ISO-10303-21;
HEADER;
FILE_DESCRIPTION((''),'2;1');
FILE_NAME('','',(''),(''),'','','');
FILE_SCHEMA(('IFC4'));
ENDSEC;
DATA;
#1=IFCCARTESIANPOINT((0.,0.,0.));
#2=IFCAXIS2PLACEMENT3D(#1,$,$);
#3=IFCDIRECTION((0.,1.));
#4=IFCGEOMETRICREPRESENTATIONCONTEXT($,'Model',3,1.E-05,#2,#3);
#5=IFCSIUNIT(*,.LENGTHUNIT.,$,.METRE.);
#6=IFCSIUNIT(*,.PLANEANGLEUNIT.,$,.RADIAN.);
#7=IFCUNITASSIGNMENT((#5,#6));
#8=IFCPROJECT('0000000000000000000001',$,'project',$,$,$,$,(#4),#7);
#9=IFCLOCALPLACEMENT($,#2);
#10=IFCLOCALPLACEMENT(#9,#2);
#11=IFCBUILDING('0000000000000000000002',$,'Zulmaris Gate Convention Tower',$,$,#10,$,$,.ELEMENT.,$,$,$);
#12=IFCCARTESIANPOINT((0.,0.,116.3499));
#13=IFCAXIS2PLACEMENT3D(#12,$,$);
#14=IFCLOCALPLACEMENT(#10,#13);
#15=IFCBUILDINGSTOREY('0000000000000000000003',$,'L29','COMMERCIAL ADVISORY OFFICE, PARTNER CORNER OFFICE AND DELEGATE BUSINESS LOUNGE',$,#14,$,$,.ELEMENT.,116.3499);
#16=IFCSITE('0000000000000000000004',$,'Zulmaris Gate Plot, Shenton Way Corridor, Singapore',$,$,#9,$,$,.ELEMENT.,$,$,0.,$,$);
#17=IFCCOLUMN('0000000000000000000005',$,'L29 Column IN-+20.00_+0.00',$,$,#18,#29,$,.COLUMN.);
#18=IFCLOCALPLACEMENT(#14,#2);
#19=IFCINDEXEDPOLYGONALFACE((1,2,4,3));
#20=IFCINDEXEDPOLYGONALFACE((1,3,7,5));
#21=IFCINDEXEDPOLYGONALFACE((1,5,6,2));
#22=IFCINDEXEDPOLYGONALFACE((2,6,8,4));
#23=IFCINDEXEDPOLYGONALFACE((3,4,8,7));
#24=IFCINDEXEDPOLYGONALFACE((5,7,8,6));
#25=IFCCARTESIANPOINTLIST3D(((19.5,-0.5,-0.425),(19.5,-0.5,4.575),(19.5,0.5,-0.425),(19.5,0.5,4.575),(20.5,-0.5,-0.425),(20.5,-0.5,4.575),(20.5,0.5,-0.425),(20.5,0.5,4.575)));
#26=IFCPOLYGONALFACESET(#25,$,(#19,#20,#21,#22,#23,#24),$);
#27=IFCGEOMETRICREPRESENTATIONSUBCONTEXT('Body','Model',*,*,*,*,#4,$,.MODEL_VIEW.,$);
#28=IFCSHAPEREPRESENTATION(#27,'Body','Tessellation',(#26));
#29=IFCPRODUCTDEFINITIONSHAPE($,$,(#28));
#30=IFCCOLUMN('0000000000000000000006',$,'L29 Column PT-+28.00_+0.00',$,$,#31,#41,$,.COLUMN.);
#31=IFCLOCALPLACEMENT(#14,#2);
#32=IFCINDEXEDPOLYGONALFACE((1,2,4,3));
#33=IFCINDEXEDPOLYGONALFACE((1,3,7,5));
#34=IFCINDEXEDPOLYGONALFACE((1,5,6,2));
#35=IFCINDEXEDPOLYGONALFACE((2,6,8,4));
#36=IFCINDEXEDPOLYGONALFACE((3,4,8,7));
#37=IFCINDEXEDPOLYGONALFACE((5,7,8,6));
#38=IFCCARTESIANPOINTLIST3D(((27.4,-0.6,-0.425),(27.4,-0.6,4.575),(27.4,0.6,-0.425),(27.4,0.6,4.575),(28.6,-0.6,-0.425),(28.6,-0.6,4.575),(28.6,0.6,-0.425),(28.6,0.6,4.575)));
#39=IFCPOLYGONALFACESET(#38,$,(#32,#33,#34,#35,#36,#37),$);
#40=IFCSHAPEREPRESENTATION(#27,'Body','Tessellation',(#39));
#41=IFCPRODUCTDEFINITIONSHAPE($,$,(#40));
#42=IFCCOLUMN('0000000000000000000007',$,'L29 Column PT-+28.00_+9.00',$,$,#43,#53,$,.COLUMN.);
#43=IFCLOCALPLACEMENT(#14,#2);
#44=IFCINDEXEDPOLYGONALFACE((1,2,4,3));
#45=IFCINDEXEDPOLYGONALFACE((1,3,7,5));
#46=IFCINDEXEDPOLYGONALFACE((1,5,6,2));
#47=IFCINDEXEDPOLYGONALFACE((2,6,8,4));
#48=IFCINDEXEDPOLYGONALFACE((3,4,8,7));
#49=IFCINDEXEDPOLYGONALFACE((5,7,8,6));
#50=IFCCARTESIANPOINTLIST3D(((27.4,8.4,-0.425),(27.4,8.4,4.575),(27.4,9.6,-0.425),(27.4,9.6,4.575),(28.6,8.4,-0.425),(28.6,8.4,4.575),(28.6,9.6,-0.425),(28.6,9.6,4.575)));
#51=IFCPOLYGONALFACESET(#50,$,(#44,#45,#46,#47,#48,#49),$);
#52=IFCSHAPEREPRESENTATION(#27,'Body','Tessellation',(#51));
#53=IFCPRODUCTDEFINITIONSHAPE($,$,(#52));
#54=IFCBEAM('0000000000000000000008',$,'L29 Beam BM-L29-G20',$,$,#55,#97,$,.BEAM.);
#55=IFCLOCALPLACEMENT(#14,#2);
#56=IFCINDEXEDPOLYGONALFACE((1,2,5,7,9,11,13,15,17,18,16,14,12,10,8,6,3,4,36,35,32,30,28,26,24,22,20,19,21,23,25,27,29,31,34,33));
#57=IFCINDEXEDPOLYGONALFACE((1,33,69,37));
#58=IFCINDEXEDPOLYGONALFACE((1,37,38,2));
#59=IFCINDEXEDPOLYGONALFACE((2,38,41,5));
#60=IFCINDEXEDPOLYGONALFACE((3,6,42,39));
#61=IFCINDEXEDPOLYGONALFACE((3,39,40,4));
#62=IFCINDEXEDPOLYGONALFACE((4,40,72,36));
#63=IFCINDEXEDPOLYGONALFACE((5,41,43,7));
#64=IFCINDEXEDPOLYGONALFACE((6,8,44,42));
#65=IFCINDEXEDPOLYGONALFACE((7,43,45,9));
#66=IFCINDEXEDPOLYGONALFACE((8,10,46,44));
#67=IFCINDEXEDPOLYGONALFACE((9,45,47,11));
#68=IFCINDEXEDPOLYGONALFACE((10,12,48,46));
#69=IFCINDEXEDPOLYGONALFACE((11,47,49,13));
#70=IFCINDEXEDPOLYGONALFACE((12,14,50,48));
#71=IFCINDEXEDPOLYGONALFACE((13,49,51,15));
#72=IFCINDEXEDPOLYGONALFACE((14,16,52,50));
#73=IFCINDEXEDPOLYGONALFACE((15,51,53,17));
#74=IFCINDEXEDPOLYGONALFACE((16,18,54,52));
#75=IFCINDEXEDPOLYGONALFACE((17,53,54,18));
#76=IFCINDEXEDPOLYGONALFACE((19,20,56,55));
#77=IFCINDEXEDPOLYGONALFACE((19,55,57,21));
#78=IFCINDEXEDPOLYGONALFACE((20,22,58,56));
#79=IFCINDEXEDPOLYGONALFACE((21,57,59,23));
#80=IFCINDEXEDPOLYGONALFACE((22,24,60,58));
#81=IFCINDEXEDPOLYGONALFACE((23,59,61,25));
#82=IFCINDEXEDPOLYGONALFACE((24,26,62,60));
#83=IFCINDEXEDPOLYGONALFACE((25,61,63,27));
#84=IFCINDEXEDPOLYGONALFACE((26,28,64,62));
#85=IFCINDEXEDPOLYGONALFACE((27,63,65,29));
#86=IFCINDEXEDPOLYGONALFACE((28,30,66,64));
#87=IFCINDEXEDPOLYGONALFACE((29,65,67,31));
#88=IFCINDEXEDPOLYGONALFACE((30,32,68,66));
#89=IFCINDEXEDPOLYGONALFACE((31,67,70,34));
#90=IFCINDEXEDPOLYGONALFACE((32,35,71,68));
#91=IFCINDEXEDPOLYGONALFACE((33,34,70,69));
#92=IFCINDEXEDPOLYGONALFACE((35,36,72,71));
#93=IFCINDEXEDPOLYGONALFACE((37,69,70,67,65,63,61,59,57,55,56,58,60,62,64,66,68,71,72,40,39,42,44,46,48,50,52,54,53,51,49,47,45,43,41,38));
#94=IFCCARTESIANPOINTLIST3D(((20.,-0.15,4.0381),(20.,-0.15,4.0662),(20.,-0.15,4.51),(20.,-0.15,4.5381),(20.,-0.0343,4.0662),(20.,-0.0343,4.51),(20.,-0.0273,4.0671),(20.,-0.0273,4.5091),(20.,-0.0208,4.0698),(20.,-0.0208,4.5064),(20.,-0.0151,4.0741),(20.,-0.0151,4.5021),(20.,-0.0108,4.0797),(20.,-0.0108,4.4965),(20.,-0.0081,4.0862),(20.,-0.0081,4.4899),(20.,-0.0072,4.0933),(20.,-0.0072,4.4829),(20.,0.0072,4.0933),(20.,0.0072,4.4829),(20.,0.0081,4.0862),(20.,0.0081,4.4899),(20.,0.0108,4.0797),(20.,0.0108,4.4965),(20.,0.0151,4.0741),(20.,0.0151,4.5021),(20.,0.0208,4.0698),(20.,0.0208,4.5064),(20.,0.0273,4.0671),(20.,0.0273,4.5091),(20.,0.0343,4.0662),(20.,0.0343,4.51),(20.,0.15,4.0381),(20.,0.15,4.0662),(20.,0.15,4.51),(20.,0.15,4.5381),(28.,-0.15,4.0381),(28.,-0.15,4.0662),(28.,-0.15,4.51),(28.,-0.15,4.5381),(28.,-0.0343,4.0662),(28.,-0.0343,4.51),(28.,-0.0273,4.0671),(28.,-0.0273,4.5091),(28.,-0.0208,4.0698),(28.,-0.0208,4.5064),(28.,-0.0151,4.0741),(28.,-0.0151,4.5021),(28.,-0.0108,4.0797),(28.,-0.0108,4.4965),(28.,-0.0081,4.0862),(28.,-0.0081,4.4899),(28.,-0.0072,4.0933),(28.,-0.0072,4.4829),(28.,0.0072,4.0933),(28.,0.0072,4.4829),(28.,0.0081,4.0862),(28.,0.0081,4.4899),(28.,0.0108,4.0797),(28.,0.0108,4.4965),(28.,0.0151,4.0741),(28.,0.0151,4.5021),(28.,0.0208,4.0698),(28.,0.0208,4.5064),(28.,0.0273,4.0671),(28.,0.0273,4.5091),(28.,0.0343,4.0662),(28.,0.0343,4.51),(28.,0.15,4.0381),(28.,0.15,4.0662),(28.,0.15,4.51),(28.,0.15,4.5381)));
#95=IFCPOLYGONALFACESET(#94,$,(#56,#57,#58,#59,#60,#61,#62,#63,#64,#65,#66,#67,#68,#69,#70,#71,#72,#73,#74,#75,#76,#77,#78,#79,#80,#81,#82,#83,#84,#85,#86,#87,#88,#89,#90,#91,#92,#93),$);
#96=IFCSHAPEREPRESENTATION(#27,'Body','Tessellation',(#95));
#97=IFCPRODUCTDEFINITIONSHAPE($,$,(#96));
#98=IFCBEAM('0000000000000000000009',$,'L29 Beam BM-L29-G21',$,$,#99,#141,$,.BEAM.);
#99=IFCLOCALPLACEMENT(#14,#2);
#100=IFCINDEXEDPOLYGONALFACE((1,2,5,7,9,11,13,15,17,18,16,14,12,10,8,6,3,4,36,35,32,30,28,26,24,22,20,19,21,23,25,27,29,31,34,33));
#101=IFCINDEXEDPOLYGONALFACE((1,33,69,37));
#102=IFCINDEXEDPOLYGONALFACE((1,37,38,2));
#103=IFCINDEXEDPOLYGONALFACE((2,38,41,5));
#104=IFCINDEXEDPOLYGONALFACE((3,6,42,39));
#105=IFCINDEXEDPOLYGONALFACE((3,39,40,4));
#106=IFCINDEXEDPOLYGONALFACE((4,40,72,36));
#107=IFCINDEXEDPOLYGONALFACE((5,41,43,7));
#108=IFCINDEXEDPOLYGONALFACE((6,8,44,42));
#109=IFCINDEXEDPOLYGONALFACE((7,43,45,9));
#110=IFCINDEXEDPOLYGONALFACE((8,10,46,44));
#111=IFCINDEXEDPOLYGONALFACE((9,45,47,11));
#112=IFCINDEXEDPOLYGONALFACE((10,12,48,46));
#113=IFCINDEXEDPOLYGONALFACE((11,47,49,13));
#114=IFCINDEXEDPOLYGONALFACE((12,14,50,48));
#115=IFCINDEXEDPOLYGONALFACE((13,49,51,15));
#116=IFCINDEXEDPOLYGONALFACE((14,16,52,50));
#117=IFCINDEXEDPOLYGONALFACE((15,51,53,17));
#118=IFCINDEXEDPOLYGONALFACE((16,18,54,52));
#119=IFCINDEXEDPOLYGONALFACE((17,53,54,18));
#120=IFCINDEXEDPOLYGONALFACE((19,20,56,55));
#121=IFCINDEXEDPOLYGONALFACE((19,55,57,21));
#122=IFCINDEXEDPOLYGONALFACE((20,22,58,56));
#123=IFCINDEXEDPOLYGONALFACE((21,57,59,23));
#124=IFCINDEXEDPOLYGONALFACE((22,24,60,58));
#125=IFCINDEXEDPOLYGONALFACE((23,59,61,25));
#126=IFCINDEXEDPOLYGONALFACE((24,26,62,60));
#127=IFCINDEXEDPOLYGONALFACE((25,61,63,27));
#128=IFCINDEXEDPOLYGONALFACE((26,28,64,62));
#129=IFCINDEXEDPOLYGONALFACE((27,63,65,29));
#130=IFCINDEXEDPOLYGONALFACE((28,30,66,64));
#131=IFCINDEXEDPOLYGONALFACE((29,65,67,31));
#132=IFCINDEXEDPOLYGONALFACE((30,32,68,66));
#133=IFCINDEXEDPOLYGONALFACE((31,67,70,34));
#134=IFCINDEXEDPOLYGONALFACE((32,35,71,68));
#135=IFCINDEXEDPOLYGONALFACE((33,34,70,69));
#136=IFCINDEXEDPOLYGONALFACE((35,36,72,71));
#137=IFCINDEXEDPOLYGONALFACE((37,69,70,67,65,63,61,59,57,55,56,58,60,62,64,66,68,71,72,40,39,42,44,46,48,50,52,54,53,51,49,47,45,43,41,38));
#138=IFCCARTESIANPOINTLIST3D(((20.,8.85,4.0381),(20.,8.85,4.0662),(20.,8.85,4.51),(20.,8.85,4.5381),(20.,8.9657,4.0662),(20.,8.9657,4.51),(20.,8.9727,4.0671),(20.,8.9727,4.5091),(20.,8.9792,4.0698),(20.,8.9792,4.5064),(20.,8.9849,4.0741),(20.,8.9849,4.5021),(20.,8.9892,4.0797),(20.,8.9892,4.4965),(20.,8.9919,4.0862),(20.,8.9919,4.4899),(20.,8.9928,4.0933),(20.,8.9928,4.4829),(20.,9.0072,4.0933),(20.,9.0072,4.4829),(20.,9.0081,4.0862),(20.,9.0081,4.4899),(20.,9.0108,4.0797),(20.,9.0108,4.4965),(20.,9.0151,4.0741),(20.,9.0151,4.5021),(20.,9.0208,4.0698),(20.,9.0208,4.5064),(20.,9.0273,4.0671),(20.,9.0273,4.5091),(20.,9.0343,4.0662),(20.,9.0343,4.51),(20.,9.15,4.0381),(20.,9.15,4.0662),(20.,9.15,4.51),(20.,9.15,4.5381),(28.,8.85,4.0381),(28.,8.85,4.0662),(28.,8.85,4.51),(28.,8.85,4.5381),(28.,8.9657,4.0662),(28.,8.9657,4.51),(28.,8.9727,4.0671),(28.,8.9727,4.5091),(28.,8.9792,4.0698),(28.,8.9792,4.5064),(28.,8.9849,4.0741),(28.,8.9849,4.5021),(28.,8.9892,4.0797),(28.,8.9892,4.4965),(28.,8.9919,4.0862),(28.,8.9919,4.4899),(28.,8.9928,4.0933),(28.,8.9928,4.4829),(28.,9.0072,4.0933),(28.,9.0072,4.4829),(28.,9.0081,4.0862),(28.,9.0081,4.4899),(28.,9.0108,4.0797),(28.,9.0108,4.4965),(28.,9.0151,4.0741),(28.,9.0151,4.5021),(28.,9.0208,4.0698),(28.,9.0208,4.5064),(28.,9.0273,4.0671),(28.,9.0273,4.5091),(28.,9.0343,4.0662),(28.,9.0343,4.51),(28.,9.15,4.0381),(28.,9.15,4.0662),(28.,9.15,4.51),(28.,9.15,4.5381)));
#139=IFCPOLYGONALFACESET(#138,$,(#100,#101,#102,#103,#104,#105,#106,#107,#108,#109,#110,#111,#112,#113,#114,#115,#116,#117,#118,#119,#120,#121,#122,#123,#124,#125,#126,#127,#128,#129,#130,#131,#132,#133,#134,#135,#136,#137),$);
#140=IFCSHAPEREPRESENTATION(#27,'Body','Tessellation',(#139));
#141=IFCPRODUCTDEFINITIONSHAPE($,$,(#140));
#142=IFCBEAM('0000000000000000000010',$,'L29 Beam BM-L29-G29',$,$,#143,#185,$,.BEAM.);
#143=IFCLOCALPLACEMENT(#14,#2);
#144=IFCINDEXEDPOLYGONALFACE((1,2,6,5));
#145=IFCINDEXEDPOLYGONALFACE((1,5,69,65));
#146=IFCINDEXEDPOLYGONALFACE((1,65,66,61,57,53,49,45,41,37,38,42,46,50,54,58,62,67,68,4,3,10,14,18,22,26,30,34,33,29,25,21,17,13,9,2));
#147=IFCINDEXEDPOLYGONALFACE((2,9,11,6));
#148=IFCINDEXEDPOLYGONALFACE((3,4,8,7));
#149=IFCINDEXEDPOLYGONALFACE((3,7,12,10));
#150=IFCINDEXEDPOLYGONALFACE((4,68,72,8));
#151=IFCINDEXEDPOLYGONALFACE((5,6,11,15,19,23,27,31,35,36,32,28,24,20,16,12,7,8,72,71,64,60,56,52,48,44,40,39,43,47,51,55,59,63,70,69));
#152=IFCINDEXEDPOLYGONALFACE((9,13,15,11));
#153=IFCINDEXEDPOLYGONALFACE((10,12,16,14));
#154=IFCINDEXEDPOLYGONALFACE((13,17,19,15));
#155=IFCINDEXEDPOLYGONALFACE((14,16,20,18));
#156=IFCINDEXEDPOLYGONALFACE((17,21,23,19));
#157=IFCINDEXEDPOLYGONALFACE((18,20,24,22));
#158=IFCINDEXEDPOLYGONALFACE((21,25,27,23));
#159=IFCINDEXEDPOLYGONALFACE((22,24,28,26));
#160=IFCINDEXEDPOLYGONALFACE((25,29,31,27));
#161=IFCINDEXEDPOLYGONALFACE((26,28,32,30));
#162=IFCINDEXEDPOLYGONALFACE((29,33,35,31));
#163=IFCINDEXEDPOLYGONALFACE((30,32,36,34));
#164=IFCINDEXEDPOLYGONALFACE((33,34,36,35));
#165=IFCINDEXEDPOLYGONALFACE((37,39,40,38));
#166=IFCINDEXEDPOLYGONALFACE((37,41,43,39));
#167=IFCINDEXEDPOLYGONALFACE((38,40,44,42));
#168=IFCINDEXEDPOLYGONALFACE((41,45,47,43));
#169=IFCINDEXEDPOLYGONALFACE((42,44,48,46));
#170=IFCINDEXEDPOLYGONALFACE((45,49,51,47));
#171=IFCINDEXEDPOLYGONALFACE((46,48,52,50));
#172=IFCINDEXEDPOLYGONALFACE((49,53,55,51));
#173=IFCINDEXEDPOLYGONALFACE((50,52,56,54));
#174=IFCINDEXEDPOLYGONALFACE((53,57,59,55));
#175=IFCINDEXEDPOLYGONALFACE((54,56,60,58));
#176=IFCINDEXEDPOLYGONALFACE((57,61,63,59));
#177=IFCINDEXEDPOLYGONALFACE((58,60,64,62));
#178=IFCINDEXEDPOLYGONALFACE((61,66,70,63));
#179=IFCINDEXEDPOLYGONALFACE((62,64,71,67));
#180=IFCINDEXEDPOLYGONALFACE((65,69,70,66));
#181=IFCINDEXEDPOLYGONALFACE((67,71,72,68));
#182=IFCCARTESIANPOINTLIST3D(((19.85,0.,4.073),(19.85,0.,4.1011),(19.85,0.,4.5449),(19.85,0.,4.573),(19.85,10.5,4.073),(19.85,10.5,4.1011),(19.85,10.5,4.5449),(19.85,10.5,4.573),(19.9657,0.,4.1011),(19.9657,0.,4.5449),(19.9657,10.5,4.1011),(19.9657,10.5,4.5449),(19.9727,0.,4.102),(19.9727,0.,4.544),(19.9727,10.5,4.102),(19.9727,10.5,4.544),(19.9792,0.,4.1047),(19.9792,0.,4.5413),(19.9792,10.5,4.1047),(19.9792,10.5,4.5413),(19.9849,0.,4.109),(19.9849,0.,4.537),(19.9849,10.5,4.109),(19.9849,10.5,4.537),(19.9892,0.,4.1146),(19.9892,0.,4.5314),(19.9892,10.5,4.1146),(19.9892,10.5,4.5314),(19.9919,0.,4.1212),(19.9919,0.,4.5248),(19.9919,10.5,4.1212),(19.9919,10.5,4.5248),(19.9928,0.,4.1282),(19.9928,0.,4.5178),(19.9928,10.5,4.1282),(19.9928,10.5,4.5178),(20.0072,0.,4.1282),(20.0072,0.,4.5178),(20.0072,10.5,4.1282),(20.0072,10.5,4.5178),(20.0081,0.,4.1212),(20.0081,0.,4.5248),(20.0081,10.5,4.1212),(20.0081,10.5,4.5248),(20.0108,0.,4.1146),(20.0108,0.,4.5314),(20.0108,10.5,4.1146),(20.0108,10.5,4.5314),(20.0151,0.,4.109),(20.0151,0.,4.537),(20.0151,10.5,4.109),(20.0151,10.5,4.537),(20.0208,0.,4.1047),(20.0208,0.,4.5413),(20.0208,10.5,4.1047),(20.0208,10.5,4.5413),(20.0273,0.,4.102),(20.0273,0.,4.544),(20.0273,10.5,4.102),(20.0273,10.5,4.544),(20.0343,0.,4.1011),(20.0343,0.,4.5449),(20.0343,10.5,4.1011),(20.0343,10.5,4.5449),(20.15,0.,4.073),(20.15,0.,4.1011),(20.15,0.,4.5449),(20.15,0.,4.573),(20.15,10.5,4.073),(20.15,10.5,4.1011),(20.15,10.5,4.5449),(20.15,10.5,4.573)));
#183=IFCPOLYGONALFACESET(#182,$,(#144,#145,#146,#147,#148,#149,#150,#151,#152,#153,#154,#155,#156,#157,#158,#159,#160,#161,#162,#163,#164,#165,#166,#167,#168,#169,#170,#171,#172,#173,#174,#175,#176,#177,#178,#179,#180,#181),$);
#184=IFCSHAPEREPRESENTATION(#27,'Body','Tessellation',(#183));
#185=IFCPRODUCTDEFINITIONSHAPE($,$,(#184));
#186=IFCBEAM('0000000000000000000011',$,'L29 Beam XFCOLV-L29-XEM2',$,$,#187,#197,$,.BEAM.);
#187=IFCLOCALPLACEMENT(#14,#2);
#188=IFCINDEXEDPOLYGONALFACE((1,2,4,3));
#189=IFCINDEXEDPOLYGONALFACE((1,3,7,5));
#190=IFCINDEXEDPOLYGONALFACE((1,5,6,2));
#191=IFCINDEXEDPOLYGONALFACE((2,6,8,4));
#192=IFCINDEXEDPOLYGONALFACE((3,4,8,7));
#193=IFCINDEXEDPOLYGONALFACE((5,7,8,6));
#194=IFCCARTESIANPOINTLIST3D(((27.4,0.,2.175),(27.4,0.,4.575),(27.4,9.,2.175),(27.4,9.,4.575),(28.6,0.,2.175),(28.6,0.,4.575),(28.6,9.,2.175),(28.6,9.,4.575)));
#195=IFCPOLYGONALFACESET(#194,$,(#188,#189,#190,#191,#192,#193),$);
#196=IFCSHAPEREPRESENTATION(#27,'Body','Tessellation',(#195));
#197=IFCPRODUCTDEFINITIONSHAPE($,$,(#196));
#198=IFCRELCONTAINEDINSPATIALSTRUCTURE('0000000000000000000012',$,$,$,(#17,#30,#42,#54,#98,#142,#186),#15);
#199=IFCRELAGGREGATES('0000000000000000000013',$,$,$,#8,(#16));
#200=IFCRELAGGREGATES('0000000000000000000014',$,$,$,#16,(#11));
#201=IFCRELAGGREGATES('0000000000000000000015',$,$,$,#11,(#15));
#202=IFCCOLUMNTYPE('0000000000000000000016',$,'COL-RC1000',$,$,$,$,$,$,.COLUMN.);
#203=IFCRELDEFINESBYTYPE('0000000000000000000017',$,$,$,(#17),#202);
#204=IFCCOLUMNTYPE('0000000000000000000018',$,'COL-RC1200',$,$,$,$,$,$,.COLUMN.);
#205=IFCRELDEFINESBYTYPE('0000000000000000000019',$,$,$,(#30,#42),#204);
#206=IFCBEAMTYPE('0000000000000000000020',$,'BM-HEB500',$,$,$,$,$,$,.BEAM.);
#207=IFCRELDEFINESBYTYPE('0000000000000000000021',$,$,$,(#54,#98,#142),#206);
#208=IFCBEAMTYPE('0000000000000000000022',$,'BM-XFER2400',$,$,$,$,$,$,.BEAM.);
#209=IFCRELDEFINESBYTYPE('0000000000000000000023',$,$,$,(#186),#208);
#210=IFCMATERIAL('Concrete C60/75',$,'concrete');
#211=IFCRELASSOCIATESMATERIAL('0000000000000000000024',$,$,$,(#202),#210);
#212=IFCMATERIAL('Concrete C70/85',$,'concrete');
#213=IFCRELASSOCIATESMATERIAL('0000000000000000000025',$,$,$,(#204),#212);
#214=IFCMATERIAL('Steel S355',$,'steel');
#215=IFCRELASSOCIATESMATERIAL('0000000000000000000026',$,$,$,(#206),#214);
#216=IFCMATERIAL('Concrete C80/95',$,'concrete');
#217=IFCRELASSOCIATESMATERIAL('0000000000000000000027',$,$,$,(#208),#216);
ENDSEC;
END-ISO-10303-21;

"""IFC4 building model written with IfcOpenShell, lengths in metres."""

from ifc_helpers import new_model, si_unit, direction, frame, origin, origin_2d, place, context, subcontext, project, spatial, rectangle, i_section, extrude, material, material_profile, profile_set, type_object, element, save


model = new_model("IFC4")

# Units and contexts
model_context = context("Model", 3, precision=1e-05, world=origin(), true_north=direction((0.0, 1.0)))
body_context = subcontext(model_context, "Body", "Model", "MODEL_VIEW")
ifc_project = project(units=[si_unit("LENGTHUNIT", "METRE"), si_unit("PLANEANGLEUNIT", "RADIAN")], contexts=[model_context])

# Site, building, storey
site_placement = place(None, origin())
site = spatial("IfcSite", under=ifc_project, at=site_placement, Name="Zulmaris Gate Plot, Shenton Way Corridor, Singapore", CompositionType="ELEMENT", RefElevation=0.0)
building_placement = place(site_placement, origin())
building = spatial("IfcBuilding", under=site, at=building_placement, Name="Zulmaris Gate Convention Tower", CompositionType="ELEMENT")
storey_placement = place(building_placement, frame((0.0, 0.0, 116.3499)))
storey = spatial("IfcBuildingStorey", under=building, at=storey_placement, Name="L29", Description="COMMERCIAL ADVISORY OFFICE, PARTNER CORNER OFFICE AND DELEGATE BUSINESS LOUNGE", CompositionType="ELEMENT", Elevation=116.3499)

# Columns
ifc_material_1 = material(Name="Concrete C60/75", Category="concrete")
ifc_material_profile_1 = material_profile(ifc_material_1, rectangle(XDim=1.0, YDim=1.0, at=origin_2d()), Name="RC COL 1000x1000")
ifc_profile_set_1 = profile_set([ifc_material_profile_1], Name="Concrete C60/75")
column_type_1 = type_object("IfcColumnType", Name="COL-RC1000", PredefinedType="COLUMN", material=ifc_profile_set_1)
column_placement = place(storey_placement, frame((20.0, 0.0, -0.425), z_axis=(0.0, 0.0, 1.0), x_axis=(1.0, 0.0, 0.0)))
element("IfcColumn", 1, at=column_placement, inside=storey, type_object=column_type_1, Name="L29 Column IN-+20.00_+0.00", PredefinedType="COLUMN", context=body_context, shape_type="SweptSolid", body=[
    extrude(rectangle(XDim=1.0, YDim=1.0, at=origin_2d()), origin(), (0.0, 0.0, 1.0), 5.0),
])
ifc_material_2 = material(Name="Concrete C70/85", Category="concrete")
ifc_material_profile_2 = material_profile(ifc_material_2, rectangle(XDim=1.2, YDim=1.2, at=origin_2d()), Name="RC COL 1200x1200")
ifc_profile_set_2 = profile_set([ifc_material_profile_2], Name="Concrete C70/85")
column_type_2 = type_object("IfcColumnType", Name="COL-RC1200", PredefinedType="COLUMN", material=ifc_profile_set_2)
for number, where, z_axis, x_axis, name in (
    (2, (28.0, 0.0, -0.425), (0.0, 0.0, 1.0), (1.0, 0.0, 0.0), "L29 Column PT-+28.00_+0.00"),
    (3, (28.0, 9.0, -0.425), (0.0, 0.0, 1.0), (1.0, 0.0, 0.0), "L29 Column PT-+28.00_+9.00"),
):
    element("IfcColumn", number, at=place(storey_placement, frame(where, z_axis=z_axis, x_axis=x_axis)), inside=storey, type_object=column_type_2, Name=name, PredefinedType="COLUMN", context=body_context, shape_type="SweptSolid", body=[
        extrude(rectangle(XDim=1.2, YDim=1.2, at=origin_2d()), origin(), (0.0, 0.0, 1.0), 5.0),
    ])

# Beams
ifc_material_3 = material(Name="Steel S355", Category="steel")
ifc_material_profile_3 = material_profile(ifc_material_3, i_section(OverallWidth=0.3, OverallDepth=0.5, WebThickness=0.0144, FlangeThickness=0.0281, FilletRadius=0.0271, at=origin_2d()), Name="HEB 500")
ifc_profile_set_3 = profile_set([ifc_material_profile_3], Name="Steel S355")
beam_type_1 = type_object("IfcBeamType", Name="BM-HEB500", PredefinedType="BEAM", material=ifc_profile_set_3)
for number, where, z_axis, x_axis, name in (
    (4, (20.0, 0.0, 4.2881), (1.0, 0.0, 0.0), (0.0, 1.0, 0.0), "L29 Beam BM-L29-G20"),
    (5, (20.0, 9.0, 4.2881), (1.0, 0.0, 0.0), (0.0, 1.0, 0.0), "L29 Beam BM-L29-G21"),
):
    element("IfcBeam", number, at=place(storey_placement, frame(where, z_axis=z_axis, x_axis=x_axis)), inside=storey, type_object=beam_type_1, Name=name, PredefinedType="BEAM", context=body_context, shape_type="SweptSolid", body=[
        extrude(i_section(OverallWidth=0.3, OverallDepth=0.5, WebThickness=0.0144, FlangeThickness=0.0281, FilletRadius=0.0271, at=origin_2d()), origin(), (0.0, 0.0, 1.0), 8.0),
    ])
beam_1_placement = place(storey_placement, frame((20.0, 0.0, 4.323), z_axis=(0.0, 1.0, 0.0), x_axis=(-1.0, 0.0, 0.0)))
element("IfcBeam", 6, at=beam_1_placement, inside=storey, type_object=beam_type_1, Name="L29 Beam BM-L29-G29", PredefinedType="BEAM", context=body_context, shape_type="SweptSolid", body=[
    extrude(i_section(OverallWidth=0.3, OverallDepth=0.5, WebThickness=0.0144, FlangeThickness=0.0281, FilletRadius=0.0271, at=origin_2d()), origin(), (0.0, 0.0, 1.0), 10.5),
])
ifc_material_4 = material(Name="Concrete C80/95", Category="concrete")
ifc_material_profile_4 = material_profile(ifc_material_4, rectangle(XDim=1.2, YDim=2.3999, at=origin_2d()), Name="RC TRANSFER 1200x2400")
ifc_profile_set_4 = profile_set([ifc_material_profile_4], Name="Concrete C80/95")
beam_type_2 = type_object("IfcBeamType", Name="BM-XFER2400", PredefinedType="BEAM", material=ifc_profile_set_4)
beam_2_placement = place(storey_placement, frame((28.0, 0.0, 3.375), z_axis=(0.0, 1.0, 0.0), x_axis=(-1.0, 0.0, 0.0)))
element("IfcBeam", 7, at=beam_2_placement, inside=storey, type_object=beam_type_2, Name="L29 Beam XFCOLV-L29-XEM2", PredefinedType="BEAM", context=body_context, shape_type="SweptSolid", body=[
    extrude(rectangle(XDim=1.2, YDim=2.3999, at=origin_2d()), origin(), (0.0, 0.0, 1.0), 9.0),
])

save(model, "model.ifc")
